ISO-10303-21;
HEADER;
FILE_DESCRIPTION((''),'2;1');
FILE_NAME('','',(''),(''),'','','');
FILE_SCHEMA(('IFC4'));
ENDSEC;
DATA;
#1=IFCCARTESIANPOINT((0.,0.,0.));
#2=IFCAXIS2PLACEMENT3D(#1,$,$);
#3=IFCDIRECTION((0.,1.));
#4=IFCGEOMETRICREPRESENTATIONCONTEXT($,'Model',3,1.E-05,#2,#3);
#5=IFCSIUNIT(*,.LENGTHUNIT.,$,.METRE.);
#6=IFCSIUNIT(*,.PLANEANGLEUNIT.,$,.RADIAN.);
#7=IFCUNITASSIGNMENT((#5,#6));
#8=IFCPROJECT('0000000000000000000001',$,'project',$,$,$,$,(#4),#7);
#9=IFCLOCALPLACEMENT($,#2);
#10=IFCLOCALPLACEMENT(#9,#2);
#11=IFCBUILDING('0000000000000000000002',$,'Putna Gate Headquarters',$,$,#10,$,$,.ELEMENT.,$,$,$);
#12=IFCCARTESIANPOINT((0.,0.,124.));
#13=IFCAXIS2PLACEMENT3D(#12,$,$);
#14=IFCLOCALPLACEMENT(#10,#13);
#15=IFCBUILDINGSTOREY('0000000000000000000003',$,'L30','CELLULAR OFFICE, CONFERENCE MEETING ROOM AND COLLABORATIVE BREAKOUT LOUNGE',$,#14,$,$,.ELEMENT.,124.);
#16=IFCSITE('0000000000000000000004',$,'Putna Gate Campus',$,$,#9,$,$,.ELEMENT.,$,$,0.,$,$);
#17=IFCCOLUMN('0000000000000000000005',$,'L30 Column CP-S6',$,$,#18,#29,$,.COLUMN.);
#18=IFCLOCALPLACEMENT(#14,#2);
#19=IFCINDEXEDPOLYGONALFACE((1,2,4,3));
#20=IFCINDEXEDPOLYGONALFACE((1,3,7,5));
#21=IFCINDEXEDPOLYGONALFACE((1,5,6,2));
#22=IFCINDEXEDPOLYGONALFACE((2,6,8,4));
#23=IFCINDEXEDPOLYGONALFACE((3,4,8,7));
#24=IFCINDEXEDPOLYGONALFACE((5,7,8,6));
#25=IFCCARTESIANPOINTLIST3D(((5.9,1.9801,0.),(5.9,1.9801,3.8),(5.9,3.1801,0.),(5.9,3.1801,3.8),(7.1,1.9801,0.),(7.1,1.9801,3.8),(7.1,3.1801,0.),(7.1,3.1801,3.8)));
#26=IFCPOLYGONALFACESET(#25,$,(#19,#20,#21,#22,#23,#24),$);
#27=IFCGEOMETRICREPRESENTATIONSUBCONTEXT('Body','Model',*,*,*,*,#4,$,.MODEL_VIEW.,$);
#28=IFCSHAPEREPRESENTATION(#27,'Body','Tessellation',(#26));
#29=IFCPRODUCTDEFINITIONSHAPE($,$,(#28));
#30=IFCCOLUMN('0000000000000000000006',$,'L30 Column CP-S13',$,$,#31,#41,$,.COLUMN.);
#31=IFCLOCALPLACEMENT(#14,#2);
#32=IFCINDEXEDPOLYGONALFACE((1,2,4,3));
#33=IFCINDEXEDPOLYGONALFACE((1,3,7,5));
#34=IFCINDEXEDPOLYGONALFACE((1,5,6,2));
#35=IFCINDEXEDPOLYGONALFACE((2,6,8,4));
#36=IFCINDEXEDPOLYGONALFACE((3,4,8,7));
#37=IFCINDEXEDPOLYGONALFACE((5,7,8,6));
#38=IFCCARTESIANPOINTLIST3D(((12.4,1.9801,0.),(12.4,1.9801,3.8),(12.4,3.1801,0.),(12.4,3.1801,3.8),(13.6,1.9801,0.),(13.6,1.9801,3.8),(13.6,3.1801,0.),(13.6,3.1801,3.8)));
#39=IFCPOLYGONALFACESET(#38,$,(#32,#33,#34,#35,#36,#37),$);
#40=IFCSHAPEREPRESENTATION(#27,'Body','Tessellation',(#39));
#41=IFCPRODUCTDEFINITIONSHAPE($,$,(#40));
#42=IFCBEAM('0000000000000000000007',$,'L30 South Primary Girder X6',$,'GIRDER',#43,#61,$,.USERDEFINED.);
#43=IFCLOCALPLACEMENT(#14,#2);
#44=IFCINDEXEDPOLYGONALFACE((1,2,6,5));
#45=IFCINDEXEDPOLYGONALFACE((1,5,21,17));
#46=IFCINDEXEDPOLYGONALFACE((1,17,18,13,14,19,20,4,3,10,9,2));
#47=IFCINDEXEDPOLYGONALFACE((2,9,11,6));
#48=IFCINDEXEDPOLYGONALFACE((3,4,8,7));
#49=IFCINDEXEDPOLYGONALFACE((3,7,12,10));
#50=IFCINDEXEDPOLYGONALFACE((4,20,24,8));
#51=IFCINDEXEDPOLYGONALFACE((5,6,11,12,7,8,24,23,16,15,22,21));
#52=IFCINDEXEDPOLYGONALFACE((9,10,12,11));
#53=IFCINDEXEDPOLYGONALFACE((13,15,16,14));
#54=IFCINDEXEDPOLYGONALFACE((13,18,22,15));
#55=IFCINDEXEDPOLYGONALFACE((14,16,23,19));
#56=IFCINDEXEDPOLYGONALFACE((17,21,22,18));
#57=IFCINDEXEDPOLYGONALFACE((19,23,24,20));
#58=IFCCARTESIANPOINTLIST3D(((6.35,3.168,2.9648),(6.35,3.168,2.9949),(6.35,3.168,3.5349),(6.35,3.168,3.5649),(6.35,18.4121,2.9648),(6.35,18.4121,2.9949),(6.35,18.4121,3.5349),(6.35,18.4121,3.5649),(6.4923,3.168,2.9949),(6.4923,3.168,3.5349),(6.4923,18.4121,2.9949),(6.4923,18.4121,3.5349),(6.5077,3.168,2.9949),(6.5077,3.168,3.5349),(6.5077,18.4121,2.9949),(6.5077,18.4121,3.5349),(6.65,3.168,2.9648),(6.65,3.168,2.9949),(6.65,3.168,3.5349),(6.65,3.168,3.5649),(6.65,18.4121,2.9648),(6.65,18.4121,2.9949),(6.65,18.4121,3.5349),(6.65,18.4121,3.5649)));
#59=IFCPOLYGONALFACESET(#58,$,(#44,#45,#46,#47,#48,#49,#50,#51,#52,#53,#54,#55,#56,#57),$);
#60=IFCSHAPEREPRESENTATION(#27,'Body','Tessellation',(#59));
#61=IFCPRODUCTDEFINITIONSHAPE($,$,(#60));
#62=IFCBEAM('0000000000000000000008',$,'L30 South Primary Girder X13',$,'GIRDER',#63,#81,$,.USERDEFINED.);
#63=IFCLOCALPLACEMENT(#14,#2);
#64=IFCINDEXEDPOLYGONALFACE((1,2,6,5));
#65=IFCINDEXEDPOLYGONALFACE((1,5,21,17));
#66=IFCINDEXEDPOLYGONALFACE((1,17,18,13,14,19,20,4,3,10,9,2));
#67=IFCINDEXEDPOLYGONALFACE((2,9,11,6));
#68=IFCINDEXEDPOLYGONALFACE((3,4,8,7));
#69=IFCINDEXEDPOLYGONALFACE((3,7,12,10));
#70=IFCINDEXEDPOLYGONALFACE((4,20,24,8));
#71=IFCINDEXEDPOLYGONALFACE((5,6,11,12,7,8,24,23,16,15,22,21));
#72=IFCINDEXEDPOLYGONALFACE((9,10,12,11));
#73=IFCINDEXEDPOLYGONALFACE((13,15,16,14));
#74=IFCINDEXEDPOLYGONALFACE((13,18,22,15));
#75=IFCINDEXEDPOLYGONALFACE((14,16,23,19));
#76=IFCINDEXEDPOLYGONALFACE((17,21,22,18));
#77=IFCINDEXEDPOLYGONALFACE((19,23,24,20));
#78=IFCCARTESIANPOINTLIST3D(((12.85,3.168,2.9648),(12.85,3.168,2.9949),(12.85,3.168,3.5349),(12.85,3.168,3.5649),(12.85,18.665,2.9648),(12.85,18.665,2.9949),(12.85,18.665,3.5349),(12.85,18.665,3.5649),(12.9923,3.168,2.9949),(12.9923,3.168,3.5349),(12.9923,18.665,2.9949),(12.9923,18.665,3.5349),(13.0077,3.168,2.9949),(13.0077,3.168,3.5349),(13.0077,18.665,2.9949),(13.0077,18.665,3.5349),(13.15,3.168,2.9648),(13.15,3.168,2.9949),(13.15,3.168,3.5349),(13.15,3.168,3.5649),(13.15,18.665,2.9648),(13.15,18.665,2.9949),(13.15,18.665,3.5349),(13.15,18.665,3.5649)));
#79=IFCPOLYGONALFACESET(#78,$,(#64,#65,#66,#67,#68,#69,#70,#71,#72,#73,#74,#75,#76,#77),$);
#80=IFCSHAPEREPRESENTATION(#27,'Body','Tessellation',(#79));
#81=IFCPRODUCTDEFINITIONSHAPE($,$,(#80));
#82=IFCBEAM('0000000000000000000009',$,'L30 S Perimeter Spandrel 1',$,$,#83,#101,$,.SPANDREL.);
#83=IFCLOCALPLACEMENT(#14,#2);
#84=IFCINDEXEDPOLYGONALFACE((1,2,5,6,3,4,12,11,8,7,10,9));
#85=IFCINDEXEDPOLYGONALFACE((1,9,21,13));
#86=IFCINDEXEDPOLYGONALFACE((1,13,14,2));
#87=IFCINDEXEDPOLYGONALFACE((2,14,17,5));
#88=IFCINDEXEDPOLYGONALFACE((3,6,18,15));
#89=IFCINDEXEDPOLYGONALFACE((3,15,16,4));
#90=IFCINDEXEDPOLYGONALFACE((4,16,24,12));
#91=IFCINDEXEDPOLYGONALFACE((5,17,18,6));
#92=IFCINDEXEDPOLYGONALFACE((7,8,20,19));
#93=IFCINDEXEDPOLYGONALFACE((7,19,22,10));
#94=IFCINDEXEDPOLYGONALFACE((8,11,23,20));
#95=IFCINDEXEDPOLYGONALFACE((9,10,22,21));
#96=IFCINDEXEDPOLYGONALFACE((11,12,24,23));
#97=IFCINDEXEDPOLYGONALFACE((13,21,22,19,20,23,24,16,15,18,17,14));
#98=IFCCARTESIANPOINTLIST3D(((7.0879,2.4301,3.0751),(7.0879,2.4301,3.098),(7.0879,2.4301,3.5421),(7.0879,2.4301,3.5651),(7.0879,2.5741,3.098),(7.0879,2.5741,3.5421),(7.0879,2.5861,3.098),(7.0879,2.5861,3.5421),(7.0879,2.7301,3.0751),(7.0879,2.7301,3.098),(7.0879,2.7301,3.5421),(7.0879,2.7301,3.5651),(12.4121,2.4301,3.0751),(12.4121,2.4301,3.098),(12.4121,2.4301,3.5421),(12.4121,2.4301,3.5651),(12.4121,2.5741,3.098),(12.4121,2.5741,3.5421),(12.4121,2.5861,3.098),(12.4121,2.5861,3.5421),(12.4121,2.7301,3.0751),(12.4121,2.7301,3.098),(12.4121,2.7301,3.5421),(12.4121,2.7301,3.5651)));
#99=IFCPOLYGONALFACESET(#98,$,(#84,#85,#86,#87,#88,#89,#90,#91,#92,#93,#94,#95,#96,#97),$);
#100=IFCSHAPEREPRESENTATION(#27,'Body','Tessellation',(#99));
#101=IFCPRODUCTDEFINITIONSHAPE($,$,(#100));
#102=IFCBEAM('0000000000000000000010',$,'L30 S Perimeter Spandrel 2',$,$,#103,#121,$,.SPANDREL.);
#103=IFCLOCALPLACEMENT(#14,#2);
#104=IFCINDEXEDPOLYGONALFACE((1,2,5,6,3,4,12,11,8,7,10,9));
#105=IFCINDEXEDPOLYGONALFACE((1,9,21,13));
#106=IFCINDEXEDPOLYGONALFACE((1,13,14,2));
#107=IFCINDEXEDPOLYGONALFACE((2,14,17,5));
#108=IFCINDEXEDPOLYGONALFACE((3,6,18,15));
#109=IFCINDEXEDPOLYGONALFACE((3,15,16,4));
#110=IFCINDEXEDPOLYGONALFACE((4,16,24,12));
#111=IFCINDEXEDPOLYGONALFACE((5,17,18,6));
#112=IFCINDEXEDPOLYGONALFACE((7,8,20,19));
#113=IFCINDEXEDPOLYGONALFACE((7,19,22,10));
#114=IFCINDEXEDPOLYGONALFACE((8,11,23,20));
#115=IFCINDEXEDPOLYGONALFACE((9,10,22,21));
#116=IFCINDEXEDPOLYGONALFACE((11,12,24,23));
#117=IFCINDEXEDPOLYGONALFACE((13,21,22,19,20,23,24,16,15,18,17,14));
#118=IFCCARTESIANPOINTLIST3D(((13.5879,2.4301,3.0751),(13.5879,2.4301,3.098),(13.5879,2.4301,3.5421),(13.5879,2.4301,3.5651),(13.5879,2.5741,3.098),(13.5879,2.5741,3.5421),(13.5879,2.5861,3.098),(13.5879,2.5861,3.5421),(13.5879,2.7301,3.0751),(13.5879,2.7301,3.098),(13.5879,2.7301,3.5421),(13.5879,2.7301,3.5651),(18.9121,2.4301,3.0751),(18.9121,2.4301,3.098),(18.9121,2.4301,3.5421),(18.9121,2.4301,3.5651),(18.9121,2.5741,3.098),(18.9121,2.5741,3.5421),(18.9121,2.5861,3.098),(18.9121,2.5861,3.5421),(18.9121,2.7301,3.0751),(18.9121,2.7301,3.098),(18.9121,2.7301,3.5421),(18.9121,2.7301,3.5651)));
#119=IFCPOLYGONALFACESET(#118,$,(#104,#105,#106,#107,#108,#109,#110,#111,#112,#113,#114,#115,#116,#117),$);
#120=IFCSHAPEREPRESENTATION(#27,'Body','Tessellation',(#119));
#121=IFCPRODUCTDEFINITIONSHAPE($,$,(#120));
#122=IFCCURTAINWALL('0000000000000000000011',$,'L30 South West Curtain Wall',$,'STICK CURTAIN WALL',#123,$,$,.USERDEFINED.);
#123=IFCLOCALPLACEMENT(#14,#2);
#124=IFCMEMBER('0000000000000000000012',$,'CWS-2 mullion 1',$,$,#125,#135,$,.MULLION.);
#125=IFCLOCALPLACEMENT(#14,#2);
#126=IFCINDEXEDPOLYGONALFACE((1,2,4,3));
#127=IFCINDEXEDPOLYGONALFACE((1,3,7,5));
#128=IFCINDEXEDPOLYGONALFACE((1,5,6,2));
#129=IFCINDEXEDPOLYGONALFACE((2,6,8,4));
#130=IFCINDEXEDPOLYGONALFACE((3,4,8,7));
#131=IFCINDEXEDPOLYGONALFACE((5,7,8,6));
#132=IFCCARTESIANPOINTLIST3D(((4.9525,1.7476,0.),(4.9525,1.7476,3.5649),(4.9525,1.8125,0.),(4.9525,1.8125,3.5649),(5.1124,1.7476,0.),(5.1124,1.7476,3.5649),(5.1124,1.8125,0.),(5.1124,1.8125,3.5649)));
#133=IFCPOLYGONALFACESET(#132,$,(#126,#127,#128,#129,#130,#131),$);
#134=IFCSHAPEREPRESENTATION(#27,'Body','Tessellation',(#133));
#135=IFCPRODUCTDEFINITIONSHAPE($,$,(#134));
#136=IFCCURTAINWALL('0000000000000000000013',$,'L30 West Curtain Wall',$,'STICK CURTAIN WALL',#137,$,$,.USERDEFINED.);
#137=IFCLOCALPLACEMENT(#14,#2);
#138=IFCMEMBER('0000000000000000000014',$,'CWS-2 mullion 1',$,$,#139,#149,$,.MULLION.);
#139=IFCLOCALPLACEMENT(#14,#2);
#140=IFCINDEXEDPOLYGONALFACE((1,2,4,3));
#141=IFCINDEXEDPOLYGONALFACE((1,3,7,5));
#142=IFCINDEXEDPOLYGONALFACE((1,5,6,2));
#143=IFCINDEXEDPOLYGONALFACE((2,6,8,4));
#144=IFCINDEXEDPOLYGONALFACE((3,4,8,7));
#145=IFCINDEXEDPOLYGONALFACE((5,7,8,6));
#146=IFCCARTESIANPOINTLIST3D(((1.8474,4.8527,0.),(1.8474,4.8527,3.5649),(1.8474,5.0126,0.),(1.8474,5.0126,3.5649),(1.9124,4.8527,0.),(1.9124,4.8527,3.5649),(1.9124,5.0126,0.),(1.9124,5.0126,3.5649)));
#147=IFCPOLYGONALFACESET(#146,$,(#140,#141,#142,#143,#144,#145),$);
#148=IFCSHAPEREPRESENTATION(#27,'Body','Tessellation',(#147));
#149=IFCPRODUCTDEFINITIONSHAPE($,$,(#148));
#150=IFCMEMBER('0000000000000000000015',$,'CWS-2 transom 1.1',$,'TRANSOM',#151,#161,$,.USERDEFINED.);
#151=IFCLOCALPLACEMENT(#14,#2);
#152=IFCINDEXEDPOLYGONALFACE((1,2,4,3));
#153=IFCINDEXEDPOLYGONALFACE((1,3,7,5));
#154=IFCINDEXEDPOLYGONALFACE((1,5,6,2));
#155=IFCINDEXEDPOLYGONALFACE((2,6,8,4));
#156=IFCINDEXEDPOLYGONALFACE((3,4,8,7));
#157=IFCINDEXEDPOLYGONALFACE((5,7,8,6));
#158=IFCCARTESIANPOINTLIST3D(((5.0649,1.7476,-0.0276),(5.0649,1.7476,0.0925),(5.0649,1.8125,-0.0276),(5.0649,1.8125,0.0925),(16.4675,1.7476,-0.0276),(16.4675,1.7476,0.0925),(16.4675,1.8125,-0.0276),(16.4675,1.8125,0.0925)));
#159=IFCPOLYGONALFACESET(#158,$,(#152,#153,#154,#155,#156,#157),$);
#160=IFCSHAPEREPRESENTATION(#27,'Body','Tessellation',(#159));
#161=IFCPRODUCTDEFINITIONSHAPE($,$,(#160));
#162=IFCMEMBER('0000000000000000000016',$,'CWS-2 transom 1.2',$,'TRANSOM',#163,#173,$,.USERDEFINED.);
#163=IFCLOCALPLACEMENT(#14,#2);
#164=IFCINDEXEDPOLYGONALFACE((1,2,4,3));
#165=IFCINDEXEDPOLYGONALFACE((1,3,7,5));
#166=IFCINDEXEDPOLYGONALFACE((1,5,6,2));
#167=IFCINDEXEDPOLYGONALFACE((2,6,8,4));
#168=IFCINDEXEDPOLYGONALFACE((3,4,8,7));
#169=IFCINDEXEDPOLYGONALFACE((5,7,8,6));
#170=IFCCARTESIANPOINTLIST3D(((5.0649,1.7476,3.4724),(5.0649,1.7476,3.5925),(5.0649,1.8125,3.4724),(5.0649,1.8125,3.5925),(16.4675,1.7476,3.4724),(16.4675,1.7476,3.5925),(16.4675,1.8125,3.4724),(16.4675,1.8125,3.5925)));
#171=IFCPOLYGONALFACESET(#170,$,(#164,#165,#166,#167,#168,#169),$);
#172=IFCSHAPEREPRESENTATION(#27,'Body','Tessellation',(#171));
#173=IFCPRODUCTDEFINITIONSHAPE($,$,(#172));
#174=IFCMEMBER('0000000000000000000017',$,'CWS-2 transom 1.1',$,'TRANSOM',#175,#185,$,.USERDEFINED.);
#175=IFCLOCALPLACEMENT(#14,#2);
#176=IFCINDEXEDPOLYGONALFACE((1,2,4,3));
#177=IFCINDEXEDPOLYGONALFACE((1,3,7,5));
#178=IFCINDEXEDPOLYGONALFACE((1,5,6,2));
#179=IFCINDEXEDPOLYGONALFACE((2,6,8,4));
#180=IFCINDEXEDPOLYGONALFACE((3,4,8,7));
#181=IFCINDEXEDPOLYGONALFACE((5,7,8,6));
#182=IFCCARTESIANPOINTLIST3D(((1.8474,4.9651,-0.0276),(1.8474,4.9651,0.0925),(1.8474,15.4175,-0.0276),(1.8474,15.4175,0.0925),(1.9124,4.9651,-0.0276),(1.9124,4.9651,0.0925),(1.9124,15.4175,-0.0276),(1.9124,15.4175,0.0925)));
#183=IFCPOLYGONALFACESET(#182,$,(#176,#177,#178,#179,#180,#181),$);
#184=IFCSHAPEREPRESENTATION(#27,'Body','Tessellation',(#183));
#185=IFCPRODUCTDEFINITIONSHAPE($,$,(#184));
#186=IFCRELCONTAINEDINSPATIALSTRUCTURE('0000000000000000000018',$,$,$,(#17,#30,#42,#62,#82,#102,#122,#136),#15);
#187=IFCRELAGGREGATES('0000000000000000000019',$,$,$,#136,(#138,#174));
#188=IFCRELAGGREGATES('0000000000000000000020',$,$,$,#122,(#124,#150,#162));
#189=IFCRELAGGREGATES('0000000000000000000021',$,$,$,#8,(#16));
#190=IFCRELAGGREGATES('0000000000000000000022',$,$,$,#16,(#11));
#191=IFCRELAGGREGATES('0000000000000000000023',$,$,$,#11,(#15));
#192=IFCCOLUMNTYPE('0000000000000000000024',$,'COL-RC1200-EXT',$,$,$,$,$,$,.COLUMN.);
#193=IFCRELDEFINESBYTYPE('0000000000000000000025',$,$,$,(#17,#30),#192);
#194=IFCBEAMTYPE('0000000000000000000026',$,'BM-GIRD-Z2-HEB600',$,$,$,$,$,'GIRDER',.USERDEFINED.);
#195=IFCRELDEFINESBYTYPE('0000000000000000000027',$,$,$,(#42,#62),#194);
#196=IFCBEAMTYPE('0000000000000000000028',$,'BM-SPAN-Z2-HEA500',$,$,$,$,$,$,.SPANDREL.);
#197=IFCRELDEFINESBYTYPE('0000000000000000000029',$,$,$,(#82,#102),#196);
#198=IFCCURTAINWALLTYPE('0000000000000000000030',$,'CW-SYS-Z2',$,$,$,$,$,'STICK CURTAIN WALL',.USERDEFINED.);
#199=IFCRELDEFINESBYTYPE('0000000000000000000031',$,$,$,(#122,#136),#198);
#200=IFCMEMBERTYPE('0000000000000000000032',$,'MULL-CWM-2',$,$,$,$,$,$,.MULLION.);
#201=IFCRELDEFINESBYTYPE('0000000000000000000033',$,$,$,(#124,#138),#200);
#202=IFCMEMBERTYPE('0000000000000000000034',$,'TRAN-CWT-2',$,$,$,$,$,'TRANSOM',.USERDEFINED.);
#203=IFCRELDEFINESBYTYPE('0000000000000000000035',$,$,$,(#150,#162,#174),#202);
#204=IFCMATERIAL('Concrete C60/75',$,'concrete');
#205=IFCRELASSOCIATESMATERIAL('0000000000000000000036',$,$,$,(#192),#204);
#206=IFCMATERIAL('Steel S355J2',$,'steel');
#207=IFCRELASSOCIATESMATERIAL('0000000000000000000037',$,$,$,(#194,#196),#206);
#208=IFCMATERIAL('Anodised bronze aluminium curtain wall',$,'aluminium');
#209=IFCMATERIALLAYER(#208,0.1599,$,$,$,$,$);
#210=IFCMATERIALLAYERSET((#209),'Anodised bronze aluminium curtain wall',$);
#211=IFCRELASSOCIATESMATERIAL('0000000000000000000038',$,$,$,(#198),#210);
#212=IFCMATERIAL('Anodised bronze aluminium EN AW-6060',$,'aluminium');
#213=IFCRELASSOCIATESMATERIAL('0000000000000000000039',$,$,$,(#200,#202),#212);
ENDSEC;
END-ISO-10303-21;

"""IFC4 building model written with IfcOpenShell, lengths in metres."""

from ifc_helpers import new_model, si_unit, direction, frame, origin, origin_2d, place, context, subcontext, project, spatial, rectangle, i_section, extrude, material, layer, layer_set, material_profile, profile_set, type_object, element, aggregate, save


model = new_model("IFC4")

# Units and contexts
model_context = context("Model", 3, precision=1e-05, world=origin(), true_north=direction((0.0, 1.0)))
body_context = subcontext(model_context, "Body", "Model", "MODEL_VIEW")
ifc_project = project(units=[si_unit("LENGTHUNIT", "METRE"), si_unit("PLANEANGLEUNIT", "RADIAN")], contexts=[model_context])

# Site, building, storey
site_placement = place(None, origin())
site = spatial("IfcSite", under=ifc_project, at=site_placement, Name="Putna Gate Campus", CompositionType="ELEMENT", RefElevation=0.0)
building_placement = place(site_placement, origin())
building = spatial("IfcBuilding", under=site, at=building_placement, Name="Putna Gate Headquarters", CompositionType="ELEMENT")
storey_placement = place(building_placement, frame((0.0, 0.0, 124.0)))
storey = spatial("IfcBuildingStorey", under=building, at=storey_placement, Name="L30", Description="CELLULAR OFFICE, CONFERENCE MEETING ROOM AND COLLABORATIVE BREAKOUT LOUNGE", CompositionType="ELEMENT", Elevation=124.0)

# Columns
ifc_material_1 = material(Name="Concrete C60/75", Category="concrete")
ifc_material_profile_1 = material_profile(ifc_material_1, rectangle(XDim=1.2, YDim=1.2, at=origin_2d()), Name="Concrete C60/75")
ifc_profile_set_1 = profile_set([ifc_material_profile_1], Name="Concrete C60/75")
column_type = type_object("IfcColumnType", Name="COL-RC1200-EXT", PredefinedType="COLUMN", material=ifc_profile_set_1)
for number, where, z_axis, x_axis, name in (
    (1, (6.5, 2.5801, 0.0), (0.0, 0.0, 1.0), (1.0, 0.0, 0.0), "L30 Column CP-S6"),
    (2, (13.0, 2.5801, 0.0), (0.0, 0.0, 1.0), (1.0, 0.0, 0.0), "L30 Column CP-S13"),
):
    element("IfcColumn", number, at=place(storey_placement, frame(where, z_axis=z_axis, x_axis=x_axis)), inside=storey, type_object=column_type, Name=name, PredefinedType="COLUMN", context=body_context, shape_type="SweptSolid", body=[
        extrude(rectangle(XDim=1.2, YDim=1.2, at=origin_2d()), origin(), (0.0, 0.0, 1.0), 3.8),
    ])

# Beams
ifc_material_2 = material(Name="Steel S355J2", Category="steel")
ifc_material_profile_2 = material_profile(ifc_material_2, i_section(OverallWidth=0.3, OverallDepth=0.6001, WebThickness=0.0154, FlangeThickness=0.03, at=origin_2d()), Name="Steel S355J2")
ifc_profile_set_2 = profile_set([ifc_material_profile_2], Name="Steel S355J2")
beam_type_1 = type_object("IfcBeamType", Name="BM-GIRD-Z2-HEB600", ElementType="GIRDER", PredefinedType="USERDEFINED", material=ifc_profile_set_2)
beam_1_placement = place(storey_placement, frame((6.5, 3.168, 3.2649), z_axis=(0.0, 1.0, 0.0), x_axis=(-1.0, 0.0, 0.0)))
element("IfcBeam", 3, at=beam_1_placement, inside=storey, type_object=beam_type_1, Name="L30 South Primary Girder X6", ObjectType="GIRDER", PredefinedType="USERDEFINED", context=body_context, shape_type="SweptSolid", body=[
    extrude(i_section(OverallWidth=0.3, OverallDepth=0.6001, WebThickness=0.0154, FlangeThickness=0.03, at=origin_2d()), origin(), (0.0, 0.0, 1.0), 15.2441),
])
beam_2_placement = place(storey_placement, frame((13.0, 3.168, 3.2649), z_axis=(0.0, 1.0, 0.0), x_axis=(-1.0, 0.0, 0.0)))
element("IfcBeam", 4, at=beam_2_placement, inside=storey, type_object=beam_type_1, Name="L30 South Primary Girder X13", ObjectType="GIRDER", PredefinedType="USERDEFINED", context=body_context, shape_type="SweptSolid", body=[
    extrude(i_section(OverallWidth=0.3, OverallDepth=0.6001, WebThickness=0.0154, FlangeThickness=0.03, at=origin_2d()), origin(), (0.0, 0.0, 1.0), 15.4971),
])
ifc_material_profile_3 = material_profile(ifc_material_2, i_section(OverallWidth=0.3, OverallDepth=0.49, WebThickness=0.012, FlangeThickness=0.0229, at=origin_2d()), Name="Steel S355J2")
ifc_profile_set_3 = profile_set([ifc_material_profile_3], Name="Steel S355J2")
beam_type_2 = type_object("IfcBeamType", Name="BM-SPAN-Z2-HEA500", PredefinedType="SPANDREL", material=ifc_profile_set_3)
for number, where, z_axis, x_axis, name in (
    (5, (7.0879, 2.5801, 3.3201), (1.0, 0.0, 0.0), (0.0, 1.0, 0.0), "L30 S Perimeter Spandrel 1"),
    (6, (13.5879, 2.5801, 3.3201), (1.0, 0.0, 0.0), (0.0, 1.0, 0.0), "L30 S Perimeter Spandrel 2"),
):
    element("IfcBeam", number, at=place(storey_placement, frame(where, z_axis=z_axis, x_axis=x_axis)), inside=storey, type_object=beam_type_2, Name=name, PredefinedType="SPANDREL", context=body_context, shape_type="SweptSolid", body=[
        extrude(i_section(OverallWidth=0.3, OverallDepth=0.49, WebThickness=0.012, FlangeThickness=0.0229, at=origin_2d()), origin(), (0.0, 0.0, 1.0), 5.3242),
    ])

# Curtain walls, members
ifc_material_3 = material(Name="Anodised bronze aluminium curtain wall", Category="aluminium")
ifc_layer_1 = layer(ifc_material_3, 0.1599)
ifc_layer_set_1 = layer_set([ifc_layer_1], Name="Anodised bronze aluminium curtain wall")
curtain_wall_type = type_object("IfcCurtainWallType", Name="CW-SYS-Z2", ElementType="STICK CURTAIN WALL", PredefinedType="USERDEFINED", material=ifc_layer_set_1)
curtain_wall_1_placement = place(storey_placement, origin())
curtain_wall_1 = element("IfcCurtainWall", 7, at=curtain_wall_1_placement, inside=storey, type_object=curtain_wall_type, Name="L30 South West Curtain Wall", ObjectType="STICK CURTAIN WALL", PredefinedType="USERDEFINED")
ifc_material_4 = material(Name="Anodised bronze aluminium EN AW-6060", Category="aluminium")
ifc_material_profile_4 = material_profile(ifc_material_4, rectangle(XDim=0.0649, YDim=0.1599, at=origin_2d()), Name="Anodised bronze aluminium EN AW-6060")
ifc_profile_set_4 = profile_set([ifc_material_profile_4], Name="Anodised bronze aluminium EN AW-6060")
member_type_1 = type_object("IfcMemberType", Name="MULL-CWM-2", PredefinedType="MULLION", material=ifc_profile_set_4)
member_1_placement = place(storey_placement, frame((5.0325, 1.78, 0.0), z_axis=(0.0, 0.0, 1.0), x_axis=(0.0, 1.0, 0.0)))
member_1 = element("IfcMember", 8, at=member_1_placement, type_object=member_type_1, Name="CWS-2 mullion 1", PredefinedType="MULLION", context=body_context, shape_type="SweptSolid", body=[
    extrude(rectangle(XDim=0.0649, YDim=0.1599, at=origin_2d()), origin(), (0.0, 0.0, 1.0), 3.5649),
])
curtain_wall_2_placement = place(storey_placement, origin())
curtain_wall_2 = element("IfcCurtainWall", 9, at=curtain_wall_2_placement, inside=storey, type_object=curtain_wall_type, Name="L30 West Curtain Wall", ObjectType="STICK CURTAIN WALL", PredefinedType="USERDEFINED")
member_2_placement = place(storey_placement, frame((1.8799, 4.9326, 0.0), z_axis=(0.0, 0.0, 1.0), x_axis=(-1.0, 0.0, 0.0)))
member_2 = element("IfcMember", 10, at=member_2_placement, type_object=member_type_1, Name="CWS-2 mullion 1", PredefinedType="MULLION", context=body_context, shape_type="SweptSolid", body=[
    extrude(rectangle(XDim=0.0649, YDim=0.1599, at=origin_2d()), origin(), (0.0, 0.0, 1.0), 3.5649),
])

# Members
ifc_material_profile_5 = material_profile(ifc_material_4, rectangle(XDim=0.0649, YDim=0.1201, at=origin_2d()), Name="Anodised bronze aluminium EN AW-6060")
ifc_profile_set_5 = profile_set([ifc_material_profile_5], Name="Anodised bronze aluminium EN AW-6060")
member_type_2 = type_object("IfcMemberType", Name="TRAN-CWT-2", ElementType="TRANSOM", PredefinedType="USERDEFINED", material=ifc_profile_set_5)
member_3_placement = place(storey_placement, frame((5.0649, 1.78, 0.0325), z_axis=(1.0, 0.0, 0.0), x_axis=(0.0, 1.0, 0.0)))
member_3 = element("IfcMember", 11, at=member_3_placement, type_object=member_type_2, Name="CWS-2 transom 1.1", ObjectType="TRANSOM", PredefinedType="USERDEFINED", context=body_context, shape_type="SweptSolid", body=[
    extrude(rectangle(XDim=0.0649, YDim=0.1201, at=origin_2d()), origin(), (0.0, 0.0, 1.0), 11.4026),
])
member_4_placement = place(storey_placement, frame((5.0649, 1.78, 3.5325), z_axis=(1.0, 0.0, 0.0), x_axis=(0.0, 1.0, 0.0)))
member_4 = element("IfcMember", 12, at=member_4_placement, type_object=member_type_2, Name="CWS-2 transom 1.2", ObjectType="TRANSOM", PredefinedType="USERDEFINED", context=body_context, shape_type="SweptSolid", body=[
    extrude(rectangle(XDim=0.0649, YDim=0.1201, at=origin_2d()), origin(), (0.0, 0.0, 1.0), 11.4026),
])
member_5_placement = place(storey_placement, frame((1.8799, 4.9651, 0.0325), z_axis=(0.0, 1.0, 0.0), x_axis=(-1.0, 0.0, 0.0)))
member_5 = element("IfcMember", 13, at=member_5_placement, type_object=member_type_2, Name="CWS-2 transom 1.1", ObjectType="TRANSOM", PredefinedType="USERDEFINED", context=body_context, shape_type="SweptSolid", body=[
    extrude(rectangle(XDim=0.0649, YDim=0.1201, at=origin_2d()), origin(), (0.0, 0.0, 1.0), 10.4524),
])
aggregate(curtain_wall_2, [member_2, member_5])

aggregate(curtain_wall_1, [member_1, member_3, member_4])

save(model, "model.ifc")
